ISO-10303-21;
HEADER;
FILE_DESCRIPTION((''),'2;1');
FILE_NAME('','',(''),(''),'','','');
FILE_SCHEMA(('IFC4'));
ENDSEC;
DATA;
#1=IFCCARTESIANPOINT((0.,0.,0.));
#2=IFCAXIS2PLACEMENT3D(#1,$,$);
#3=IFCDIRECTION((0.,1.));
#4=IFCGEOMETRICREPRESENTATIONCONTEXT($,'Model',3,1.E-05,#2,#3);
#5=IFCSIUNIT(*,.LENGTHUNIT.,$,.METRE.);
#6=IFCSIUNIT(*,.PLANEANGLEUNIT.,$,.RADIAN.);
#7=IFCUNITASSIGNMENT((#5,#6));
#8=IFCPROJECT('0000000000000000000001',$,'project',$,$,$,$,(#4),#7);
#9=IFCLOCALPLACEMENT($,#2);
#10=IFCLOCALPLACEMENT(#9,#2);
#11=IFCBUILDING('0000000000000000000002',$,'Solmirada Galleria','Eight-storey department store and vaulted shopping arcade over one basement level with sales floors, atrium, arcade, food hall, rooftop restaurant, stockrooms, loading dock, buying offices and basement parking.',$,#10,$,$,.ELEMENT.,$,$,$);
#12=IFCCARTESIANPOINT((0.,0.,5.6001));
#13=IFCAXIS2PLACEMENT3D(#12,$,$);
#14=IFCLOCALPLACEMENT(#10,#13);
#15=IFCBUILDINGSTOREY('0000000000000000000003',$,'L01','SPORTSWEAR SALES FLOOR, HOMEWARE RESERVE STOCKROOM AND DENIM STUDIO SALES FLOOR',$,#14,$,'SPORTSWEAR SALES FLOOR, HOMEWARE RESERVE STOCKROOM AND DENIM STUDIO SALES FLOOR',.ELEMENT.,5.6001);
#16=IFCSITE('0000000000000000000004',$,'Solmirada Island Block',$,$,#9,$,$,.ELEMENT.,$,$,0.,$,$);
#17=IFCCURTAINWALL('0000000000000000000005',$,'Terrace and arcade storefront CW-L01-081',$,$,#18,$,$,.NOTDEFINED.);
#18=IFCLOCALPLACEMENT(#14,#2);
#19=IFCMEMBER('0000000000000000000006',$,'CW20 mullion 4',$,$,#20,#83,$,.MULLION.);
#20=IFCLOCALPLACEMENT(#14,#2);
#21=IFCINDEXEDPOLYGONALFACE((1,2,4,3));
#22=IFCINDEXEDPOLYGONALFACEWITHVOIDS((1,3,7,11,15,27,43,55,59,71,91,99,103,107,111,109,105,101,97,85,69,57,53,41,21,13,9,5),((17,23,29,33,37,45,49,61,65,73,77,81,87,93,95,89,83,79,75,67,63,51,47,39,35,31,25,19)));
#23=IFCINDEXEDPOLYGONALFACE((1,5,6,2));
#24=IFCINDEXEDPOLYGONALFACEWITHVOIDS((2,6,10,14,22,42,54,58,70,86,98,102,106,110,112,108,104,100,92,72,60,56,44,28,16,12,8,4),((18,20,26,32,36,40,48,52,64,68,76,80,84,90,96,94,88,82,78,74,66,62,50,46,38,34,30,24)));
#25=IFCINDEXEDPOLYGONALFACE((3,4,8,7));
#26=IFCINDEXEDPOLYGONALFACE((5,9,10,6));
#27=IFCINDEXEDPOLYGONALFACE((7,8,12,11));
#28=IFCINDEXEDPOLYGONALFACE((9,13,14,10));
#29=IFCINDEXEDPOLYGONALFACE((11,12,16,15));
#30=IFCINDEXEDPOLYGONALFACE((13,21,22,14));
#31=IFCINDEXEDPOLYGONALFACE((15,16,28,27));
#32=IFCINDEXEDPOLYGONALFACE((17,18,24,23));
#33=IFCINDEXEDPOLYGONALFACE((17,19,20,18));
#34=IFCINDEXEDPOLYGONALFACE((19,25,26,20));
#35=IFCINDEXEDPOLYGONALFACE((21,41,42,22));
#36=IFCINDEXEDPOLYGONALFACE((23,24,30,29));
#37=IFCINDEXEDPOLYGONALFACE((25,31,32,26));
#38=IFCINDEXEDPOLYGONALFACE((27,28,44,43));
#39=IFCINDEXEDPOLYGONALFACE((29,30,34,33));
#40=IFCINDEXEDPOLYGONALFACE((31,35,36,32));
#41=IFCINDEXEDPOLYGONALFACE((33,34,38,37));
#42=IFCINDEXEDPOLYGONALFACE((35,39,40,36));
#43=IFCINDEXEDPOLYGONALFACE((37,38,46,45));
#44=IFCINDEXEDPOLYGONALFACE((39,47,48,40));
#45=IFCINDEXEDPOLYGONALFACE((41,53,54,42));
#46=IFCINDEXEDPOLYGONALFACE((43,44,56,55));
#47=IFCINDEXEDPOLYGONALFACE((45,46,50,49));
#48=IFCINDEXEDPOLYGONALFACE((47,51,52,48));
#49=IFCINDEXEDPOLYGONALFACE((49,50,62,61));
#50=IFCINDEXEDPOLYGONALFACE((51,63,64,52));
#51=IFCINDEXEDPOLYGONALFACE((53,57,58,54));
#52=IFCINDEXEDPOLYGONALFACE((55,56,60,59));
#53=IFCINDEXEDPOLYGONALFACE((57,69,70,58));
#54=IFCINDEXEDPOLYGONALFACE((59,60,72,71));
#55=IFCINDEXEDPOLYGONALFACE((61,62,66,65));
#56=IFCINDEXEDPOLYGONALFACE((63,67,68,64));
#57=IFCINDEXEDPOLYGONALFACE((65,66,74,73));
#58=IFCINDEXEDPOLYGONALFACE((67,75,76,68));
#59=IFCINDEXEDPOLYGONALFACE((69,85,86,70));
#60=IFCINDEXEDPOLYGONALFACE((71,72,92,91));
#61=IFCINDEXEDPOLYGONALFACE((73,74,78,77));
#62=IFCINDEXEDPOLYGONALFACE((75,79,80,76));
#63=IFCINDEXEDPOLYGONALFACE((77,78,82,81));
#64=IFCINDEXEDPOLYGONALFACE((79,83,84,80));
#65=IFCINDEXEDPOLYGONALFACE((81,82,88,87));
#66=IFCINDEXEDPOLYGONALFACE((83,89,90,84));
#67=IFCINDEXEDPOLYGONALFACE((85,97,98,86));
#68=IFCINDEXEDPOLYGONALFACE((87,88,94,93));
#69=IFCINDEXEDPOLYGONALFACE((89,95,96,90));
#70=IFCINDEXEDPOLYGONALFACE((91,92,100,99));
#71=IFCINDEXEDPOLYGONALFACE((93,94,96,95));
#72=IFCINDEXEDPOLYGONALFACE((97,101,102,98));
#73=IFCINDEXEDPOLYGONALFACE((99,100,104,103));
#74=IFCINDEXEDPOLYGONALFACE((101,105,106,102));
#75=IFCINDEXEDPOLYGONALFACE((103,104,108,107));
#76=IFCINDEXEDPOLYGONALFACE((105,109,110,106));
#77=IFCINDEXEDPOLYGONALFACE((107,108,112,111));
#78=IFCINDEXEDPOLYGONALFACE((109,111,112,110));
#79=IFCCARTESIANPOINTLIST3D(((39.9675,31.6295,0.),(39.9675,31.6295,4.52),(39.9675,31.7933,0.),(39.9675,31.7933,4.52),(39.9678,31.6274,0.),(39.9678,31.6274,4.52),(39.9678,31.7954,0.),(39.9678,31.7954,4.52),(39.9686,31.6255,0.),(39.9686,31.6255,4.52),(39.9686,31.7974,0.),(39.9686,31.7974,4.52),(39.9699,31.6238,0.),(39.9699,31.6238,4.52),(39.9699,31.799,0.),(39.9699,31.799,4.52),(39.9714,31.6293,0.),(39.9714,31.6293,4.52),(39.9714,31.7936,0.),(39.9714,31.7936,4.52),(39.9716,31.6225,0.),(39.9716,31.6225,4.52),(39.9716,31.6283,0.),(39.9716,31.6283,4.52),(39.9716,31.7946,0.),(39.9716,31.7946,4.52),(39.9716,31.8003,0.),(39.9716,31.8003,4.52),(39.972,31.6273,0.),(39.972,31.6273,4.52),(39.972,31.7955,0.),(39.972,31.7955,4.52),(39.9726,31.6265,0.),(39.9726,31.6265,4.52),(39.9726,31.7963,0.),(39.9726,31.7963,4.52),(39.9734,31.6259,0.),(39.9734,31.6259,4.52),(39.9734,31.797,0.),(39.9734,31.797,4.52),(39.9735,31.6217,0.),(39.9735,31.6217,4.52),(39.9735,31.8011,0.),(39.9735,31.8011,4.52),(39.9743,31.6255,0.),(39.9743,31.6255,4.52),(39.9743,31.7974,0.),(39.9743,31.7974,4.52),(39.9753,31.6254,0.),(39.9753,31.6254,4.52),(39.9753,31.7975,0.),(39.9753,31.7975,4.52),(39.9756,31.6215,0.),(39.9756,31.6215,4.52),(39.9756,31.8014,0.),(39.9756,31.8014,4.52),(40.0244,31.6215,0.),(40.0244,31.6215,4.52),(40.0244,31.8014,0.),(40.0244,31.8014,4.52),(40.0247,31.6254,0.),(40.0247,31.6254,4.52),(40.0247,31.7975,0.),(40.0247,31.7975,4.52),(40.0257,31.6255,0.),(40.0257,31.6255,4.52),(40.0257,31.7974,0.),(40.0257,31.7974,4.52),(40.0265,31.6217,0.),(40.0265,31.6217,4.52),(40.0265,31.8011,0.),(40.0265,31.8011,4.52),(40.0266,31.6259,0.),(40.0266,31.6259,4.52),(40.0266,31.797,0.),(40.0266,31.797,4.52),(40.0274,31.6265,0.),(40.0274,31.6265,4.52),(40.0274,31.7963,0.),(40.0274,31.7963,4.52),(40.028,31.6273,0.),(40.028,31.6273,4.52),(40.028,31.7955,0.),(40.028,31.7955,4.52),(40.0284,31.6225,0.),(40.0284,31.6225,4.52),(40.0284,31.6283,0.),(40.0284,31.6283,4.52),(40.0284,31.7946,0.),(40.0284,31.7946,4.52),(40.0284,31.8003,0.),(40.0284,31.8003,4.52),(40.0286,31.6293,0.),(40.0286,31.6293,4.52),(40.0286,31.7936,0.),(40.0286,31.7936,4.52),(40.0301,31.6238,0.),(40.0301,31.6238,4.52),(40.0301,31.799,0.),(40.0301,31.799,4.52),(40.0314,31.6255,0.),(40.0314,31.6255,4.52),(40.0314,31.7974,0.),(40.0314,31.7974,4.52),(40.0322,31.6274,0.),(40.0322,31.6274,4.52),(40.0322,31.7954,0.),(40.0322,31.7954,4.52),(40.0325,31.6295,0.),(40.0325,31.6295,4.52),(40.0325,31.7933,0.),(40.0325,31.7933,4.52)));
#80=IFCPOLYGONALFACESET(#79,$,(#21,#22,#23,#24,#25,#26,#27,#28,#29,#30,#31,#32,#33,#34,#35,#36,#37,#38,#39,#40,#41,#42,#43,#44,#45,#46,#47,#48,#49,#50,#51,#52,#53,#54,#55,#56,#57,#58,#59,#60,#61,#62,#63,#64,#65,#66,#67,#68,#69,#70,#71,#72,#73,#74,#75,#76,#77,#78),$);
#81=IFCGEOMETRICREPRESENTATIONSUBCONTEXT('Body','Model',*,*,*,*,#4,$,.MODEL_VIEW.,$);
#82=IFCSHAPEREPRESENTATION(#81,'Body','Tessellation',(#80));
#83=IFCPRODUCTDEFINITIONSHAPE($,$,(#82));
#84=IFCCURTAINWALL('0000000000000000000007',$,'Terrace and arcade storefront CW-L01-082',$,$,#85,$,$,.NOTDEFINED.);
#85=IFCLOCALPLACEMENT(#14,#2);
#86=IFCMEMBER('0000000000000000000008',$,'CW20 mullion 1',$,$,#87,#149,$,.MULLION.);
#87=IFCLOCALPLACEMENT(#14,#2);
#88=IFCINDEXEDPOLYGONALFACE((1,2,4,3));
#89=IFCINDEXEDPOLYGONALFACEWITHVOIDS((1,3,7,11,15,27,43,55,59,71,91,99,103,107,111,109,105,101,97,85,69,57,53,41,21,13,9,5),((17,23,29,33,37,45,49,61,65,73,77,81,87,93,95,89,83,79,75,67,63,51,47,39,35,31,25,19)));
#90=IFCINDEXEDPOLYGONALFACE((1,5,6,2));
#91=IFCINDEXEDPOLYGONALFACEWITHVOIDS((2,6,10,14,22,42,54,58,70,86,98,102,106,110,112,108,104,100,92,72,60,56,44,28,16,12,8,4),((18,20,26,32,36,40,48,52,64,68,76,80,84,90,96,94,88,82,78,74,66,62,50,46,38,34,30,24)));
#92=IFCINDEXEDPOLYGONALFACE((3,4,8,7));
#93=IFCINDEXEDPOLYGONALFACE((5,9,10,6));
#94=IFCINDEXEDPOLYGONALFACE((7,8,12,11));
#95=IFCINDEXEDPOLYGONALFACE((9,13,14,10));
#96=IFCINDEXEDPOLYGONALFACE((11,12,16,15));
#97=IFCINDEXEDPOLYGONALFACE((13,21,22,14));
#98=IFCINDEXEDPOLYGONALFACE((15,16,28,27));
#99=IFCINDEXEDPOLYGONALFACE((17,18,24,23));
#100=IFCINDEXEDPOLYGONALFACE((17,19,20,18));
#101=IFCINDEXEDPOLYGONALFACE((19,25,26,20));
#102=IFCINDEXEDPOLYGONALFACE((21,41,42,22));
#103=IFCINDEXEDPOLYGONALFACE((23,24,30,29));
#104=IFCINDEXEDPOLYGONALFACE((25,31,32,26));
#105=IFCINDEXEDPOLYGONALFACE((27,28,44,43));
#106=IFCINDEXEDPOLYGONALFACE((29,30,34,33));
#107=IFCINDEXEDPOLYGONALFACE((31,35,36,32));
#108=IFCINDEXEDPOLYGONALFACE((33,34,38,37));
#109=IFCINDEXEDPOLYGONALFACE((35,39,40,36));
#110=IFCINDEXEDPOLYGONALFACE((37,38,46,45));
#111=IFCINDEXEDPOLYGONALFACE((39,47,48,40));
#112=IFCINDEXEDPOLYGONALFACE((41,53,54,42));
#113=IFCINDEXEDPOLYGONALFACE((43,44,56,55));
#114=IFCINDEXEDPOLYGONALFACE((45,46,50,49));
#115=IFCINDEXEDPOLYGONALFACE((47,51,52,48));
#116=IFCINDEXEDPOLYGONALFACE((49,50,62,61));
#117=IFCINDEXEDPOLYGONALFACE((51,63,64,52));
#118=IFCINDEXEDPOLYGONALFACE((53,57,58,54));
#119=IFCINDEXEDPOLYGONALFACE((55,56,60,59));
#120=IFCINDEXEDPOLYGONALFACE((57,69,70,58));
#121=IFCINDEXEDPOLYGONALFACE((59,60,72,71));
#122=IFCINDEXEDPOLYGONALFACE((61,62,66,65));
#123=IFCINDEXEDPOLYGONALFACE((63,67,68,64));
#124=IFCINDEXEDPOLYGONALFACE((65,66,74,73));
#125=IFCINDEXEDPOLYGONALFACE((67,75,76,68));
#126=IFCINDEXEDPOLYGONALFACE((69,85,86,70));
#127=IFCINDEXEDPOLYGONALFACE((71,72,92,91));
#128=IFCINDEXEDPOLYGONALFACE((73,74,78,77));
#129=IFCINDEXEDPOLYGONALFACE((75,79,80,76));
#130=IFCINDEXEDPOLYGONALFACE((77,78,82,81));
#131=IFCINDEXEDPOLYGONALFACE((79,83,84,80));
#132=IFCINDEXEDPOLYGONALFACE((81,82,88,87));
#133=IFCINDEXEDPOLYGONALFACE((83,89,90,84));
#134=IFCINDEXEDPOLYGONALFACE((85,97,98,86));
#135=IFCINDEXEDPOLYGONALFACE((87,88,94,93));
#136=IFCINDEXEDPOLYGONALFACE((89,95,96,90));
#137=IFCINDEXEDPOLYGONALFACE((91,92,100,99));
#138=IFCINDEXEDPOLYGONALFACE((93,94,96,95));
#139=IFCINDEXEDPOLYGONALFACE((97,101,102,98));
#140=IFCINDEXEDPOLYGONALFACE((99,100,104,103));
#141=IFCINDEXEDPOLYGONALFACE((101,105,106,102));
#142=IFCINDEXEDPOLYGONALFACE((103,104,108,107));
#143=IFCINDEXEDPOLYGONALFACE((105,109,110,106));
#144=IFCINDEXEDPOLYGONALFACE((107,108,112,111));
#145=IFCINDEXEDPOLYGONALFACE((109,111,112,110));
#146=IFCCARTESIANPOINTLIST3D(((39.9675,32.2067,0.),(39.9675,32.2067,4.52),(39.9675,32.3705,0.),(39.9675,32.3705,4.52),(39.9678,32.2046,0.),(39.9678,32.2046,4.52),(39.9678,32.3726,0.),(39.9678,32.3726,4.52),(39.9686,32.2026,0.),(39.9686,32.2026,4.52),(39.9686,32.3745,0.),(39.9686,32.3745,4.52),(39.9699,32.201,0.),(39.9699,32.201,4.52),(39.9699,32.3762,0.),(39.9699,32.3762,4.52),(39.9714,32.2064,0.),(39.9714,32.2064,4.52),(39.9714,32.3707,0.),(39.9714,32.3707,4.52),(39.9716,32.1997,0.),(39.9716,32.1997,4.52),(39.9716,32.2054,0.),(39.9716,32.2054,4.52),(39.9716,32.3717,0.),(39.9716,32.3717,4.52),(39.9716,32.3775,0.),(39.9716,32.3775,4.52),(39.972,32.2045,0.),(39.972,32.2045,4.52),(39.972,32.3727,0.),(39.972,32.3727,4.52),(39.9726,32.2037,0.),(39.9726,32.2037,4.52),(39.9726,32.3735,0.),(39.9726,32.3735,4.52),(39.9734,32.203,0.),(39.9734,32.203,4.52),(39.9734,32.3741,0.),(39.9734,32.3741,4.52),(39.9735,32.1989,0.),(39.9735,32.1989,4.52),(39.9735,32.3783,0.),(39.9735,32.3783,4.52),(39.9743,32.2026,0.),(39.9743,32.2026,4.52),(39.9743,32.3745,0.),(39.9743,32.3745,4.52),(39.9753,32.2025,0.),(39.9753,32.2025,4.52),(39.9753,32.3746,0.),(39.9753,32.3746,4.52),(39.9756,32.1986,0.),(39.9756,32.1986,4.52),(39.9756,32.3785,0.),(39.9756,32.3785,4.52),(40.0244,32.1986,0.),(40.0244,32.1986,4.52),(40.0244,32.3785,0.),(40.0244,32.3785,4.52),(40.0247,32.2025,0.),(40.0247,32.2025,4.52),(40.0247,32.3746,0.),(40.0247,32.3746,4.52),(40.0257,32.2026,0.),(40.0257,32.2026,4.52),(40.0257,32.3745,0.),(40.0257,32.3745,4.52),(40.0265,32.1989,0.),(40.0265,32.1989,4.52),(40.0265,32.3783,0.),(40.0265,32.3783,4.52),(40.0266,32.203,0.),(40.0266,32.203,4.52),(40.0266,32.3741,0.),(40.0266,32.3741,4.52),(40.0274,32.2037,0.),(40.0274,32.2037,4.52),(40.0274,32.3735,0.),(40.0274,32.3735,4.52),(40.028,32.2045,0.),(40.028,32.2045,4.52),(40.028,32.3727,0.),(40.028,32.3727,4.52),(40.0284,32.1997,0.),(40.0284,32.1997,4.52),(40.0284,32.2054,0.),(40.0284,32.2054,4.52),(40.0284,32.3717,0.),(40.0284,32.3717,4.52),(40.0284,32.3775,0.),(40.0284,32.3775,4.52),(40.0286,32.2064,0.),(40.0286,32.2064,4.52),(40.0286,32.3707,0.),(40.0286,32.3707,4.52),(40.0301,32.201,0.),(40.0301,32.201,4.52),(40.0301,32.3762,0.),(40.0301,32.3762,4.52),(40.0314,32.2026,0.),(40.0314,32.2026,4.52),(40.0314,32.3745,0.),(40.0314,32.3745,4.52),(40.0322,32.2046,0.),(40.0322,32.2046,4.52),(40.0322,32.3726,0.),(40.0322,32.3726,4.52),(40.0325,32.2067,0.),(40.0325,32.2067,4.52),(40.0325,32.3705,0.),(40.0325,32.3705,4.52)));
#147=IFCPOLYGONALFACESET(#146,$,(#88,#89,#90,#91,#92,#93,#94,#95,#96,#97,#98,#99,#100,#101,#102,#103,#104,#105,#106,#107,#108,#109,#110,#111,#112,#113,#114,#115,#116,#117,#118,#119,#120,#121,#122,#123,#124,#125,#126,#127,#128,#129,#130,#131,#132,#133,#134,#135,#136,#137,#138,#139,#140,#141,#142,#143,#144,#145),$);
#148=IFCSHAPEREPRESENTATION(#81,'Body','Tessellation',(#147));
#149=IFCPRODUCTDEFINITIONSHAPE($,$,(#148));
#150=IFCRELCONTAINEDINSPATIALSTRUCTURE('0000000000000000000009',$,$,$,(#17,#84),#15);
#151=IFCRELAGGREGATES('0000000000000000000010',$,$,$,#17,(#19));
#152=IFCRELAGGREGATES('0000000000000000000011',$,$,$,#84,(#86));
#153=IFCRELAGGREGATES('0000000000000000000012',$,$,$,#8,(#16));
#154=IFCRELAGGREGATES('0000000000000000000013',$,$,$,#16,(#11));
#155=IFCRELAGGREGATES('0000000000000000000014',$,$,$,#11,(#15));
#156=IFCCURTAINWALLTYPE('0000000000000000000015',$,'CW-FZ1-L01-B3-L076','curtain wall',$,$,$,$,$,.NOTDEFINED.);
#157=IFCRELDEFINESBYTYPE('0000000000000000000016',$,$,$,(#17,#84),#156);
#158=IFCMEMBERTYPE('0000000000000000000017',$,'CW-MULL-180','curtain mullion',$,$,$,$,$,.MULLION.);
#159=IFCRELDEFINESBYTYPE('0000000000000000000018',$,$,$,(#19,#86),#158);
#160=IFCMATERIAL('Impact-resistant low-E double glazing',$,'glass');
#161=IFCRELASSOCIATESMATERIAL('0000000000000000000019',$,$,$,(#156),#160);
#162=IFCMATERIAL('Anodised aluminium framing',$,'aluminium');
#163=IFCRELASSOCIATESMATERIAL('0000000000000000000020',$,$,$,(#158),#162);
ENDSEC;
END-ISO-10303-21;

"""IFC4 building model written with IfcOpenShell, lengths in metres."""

from ifc_helpers import new_model, si_unit, direction, frame, origin, origin_2d, place, context, subcontext, project, spatial, hollow_rectangle, extrude, material, material_profile, profile_set, type_object, element, aggregate, save


model = new_model("IFC4")

# Units and contexts
model_context = context("Model", 3, precision=1e-05, world=origin(), true_north=direction((0.0, 1.0)))
body_context = subcontext(model_context, "Body", "Model", "MODEL_VIEW")
ifc_project = project(units=[si_unit("LENGTHUNIT", "METRE"), si_unit("PLANEANGLEUNIT", "RADIAN")], contexts=[model_context])

# Site, building, storey
site_placement = place(None, origin())
site = spatial("IfcSite", under=ifc_project, at=site_placement, Name="Solmirada Island Block", CompositionType="ELEMENT", RefElevation=0.0)
building_placement = place(site_placement, origin())
building = spatial("IfcBuilding", under=site, at=building_placement, Name="Solmirada Galleria", Description="Eight-storey department store and vaulted shopping arcade over one basement level with sales floors, atrium, arcade, food hall, rooftop restaurant, stockrooms, loading dock, buying offices and basement parking.", CompositionType="ELEMENT")
storey_placement = place(building_placement, frame((0.0, 0.0, 5.6001)))
storey = spatial("IfcBuildingStorey", under=building, at=storey_placement, Name="L01", Description="SPORTSWEAR SALES FLOOR, HOMEWARE RESERVE STOCKROOM AND DENIM STUDIO SALES FLOOR", LongName="SPORTSWEAR SALES FLOOR, HOMEWARE RESERVE STOCKROOM AND DENIM STUDIO SALES FLOOR", CompositionType="ELEMENT", Elevation=5.6001)

# Curtain wall, member
ifc_material_1 = material(Name="Impact-resistant low-E double glazing", Category="glass")
curtain_wall_type = type_object("IfcCurtainWallType", Name="CW-FZ1-L01-B3-L076", Description="curtain wall", PredefinedType="NOTDEFINED", material=ifc_material_1)
curtain_wall_1_placement = place(storey_placement, origin())
curtain_wall_1 = element("IfcCurtainWall", 1, at=curtain_wall_1_placement, inside=storey, type_object=curtain_wall_type, Name="Terrace and arcade storefront CW-L01-081", PredefinedType="NOTDEFINED")
ifc_material_2 = material(Name="Anodised aluminium framing", Category="aluminium")
ifc_material_profile_1 = material_profile(ifc_material_2, hollow_rectangle(XDim=0.0649, YDim=0.1799, WallThickness=0.0039, InnerFilletRadius=0.0039, OuterFilletRadius=0.0081, at=origin_2d()), Name="ALU-MULL-180X65")
ifc_profile_set_1 = profile_set([ifc_material_profile_1], Name="Anodised aluminium framing")
member_type_1 = type_object("IfcMemberType", Name="CW-MULL-180", Description="curtain mullion", PredefinedType="MULLION", material=ifc_profile_set_1)
member_1_placement = place(storey_placement, frame((40.0, 31.7114, 0.0), z_axis=(0.0, 0.0, 1.0), x_axis=(-1.0, 0.0, 0.0)))
member_1 = element("IfcMember", 2, at=member_1_placement, type_object=member_type_1, Name="CW20 mullion 4", PredefinedType="MULLION", context=body_context, shape_type="SweptSolid", body=[
    extrude(hollow_rectangle(XDim=0.0649, YDim=0.1799, WallThickness=0.0039, InnerFilletRadius=0.0039, OuterFilletRadius=0.0081, at=origin_2d()), origin(), (0.0, 0.0, 1.0), 4.52),
])

# Curtain wall, member
curtain_wall_2_placement = place(storey_placement, origin())
curtain_wall_2 = element("IfcCurtainWall", 3, at=curtain_wall_2_placement, inside=storey, type_object=curtain_wall_type, Name="Terrace and arcade storefront CW-L01-082", PredefinedType="NOTDEFINED")
member_2_placement = place(storey_placement, frame((40.0, 32.2886, 0.0), z_axis=(0.0, 0.0, 1.0), x_axis=(-1.0, 0.0, 0.0)))
member_2 = element("IfcMember", 4, at=member_2_placement, type_object=member_type_1, Name="CW20 mullion 1", PredefinedType="MULLION", context=body_context, shape_type="SweptSolid", body=[
    extrude(hollow_rectangle(XDim=0.0649, YDim=0.1799, WallThickness=0.0039, InnerFilletRadius=0.0039, OuterFilletRadius=0.0081, at=origin_2d()), origin(), (0.0, 0.0, 1.0), 4.52),
])

aggregate(curtain_wall_1, [member_1])
aggregate(curtain_wall_2, [member_2])

save(model, "model.ifc")
